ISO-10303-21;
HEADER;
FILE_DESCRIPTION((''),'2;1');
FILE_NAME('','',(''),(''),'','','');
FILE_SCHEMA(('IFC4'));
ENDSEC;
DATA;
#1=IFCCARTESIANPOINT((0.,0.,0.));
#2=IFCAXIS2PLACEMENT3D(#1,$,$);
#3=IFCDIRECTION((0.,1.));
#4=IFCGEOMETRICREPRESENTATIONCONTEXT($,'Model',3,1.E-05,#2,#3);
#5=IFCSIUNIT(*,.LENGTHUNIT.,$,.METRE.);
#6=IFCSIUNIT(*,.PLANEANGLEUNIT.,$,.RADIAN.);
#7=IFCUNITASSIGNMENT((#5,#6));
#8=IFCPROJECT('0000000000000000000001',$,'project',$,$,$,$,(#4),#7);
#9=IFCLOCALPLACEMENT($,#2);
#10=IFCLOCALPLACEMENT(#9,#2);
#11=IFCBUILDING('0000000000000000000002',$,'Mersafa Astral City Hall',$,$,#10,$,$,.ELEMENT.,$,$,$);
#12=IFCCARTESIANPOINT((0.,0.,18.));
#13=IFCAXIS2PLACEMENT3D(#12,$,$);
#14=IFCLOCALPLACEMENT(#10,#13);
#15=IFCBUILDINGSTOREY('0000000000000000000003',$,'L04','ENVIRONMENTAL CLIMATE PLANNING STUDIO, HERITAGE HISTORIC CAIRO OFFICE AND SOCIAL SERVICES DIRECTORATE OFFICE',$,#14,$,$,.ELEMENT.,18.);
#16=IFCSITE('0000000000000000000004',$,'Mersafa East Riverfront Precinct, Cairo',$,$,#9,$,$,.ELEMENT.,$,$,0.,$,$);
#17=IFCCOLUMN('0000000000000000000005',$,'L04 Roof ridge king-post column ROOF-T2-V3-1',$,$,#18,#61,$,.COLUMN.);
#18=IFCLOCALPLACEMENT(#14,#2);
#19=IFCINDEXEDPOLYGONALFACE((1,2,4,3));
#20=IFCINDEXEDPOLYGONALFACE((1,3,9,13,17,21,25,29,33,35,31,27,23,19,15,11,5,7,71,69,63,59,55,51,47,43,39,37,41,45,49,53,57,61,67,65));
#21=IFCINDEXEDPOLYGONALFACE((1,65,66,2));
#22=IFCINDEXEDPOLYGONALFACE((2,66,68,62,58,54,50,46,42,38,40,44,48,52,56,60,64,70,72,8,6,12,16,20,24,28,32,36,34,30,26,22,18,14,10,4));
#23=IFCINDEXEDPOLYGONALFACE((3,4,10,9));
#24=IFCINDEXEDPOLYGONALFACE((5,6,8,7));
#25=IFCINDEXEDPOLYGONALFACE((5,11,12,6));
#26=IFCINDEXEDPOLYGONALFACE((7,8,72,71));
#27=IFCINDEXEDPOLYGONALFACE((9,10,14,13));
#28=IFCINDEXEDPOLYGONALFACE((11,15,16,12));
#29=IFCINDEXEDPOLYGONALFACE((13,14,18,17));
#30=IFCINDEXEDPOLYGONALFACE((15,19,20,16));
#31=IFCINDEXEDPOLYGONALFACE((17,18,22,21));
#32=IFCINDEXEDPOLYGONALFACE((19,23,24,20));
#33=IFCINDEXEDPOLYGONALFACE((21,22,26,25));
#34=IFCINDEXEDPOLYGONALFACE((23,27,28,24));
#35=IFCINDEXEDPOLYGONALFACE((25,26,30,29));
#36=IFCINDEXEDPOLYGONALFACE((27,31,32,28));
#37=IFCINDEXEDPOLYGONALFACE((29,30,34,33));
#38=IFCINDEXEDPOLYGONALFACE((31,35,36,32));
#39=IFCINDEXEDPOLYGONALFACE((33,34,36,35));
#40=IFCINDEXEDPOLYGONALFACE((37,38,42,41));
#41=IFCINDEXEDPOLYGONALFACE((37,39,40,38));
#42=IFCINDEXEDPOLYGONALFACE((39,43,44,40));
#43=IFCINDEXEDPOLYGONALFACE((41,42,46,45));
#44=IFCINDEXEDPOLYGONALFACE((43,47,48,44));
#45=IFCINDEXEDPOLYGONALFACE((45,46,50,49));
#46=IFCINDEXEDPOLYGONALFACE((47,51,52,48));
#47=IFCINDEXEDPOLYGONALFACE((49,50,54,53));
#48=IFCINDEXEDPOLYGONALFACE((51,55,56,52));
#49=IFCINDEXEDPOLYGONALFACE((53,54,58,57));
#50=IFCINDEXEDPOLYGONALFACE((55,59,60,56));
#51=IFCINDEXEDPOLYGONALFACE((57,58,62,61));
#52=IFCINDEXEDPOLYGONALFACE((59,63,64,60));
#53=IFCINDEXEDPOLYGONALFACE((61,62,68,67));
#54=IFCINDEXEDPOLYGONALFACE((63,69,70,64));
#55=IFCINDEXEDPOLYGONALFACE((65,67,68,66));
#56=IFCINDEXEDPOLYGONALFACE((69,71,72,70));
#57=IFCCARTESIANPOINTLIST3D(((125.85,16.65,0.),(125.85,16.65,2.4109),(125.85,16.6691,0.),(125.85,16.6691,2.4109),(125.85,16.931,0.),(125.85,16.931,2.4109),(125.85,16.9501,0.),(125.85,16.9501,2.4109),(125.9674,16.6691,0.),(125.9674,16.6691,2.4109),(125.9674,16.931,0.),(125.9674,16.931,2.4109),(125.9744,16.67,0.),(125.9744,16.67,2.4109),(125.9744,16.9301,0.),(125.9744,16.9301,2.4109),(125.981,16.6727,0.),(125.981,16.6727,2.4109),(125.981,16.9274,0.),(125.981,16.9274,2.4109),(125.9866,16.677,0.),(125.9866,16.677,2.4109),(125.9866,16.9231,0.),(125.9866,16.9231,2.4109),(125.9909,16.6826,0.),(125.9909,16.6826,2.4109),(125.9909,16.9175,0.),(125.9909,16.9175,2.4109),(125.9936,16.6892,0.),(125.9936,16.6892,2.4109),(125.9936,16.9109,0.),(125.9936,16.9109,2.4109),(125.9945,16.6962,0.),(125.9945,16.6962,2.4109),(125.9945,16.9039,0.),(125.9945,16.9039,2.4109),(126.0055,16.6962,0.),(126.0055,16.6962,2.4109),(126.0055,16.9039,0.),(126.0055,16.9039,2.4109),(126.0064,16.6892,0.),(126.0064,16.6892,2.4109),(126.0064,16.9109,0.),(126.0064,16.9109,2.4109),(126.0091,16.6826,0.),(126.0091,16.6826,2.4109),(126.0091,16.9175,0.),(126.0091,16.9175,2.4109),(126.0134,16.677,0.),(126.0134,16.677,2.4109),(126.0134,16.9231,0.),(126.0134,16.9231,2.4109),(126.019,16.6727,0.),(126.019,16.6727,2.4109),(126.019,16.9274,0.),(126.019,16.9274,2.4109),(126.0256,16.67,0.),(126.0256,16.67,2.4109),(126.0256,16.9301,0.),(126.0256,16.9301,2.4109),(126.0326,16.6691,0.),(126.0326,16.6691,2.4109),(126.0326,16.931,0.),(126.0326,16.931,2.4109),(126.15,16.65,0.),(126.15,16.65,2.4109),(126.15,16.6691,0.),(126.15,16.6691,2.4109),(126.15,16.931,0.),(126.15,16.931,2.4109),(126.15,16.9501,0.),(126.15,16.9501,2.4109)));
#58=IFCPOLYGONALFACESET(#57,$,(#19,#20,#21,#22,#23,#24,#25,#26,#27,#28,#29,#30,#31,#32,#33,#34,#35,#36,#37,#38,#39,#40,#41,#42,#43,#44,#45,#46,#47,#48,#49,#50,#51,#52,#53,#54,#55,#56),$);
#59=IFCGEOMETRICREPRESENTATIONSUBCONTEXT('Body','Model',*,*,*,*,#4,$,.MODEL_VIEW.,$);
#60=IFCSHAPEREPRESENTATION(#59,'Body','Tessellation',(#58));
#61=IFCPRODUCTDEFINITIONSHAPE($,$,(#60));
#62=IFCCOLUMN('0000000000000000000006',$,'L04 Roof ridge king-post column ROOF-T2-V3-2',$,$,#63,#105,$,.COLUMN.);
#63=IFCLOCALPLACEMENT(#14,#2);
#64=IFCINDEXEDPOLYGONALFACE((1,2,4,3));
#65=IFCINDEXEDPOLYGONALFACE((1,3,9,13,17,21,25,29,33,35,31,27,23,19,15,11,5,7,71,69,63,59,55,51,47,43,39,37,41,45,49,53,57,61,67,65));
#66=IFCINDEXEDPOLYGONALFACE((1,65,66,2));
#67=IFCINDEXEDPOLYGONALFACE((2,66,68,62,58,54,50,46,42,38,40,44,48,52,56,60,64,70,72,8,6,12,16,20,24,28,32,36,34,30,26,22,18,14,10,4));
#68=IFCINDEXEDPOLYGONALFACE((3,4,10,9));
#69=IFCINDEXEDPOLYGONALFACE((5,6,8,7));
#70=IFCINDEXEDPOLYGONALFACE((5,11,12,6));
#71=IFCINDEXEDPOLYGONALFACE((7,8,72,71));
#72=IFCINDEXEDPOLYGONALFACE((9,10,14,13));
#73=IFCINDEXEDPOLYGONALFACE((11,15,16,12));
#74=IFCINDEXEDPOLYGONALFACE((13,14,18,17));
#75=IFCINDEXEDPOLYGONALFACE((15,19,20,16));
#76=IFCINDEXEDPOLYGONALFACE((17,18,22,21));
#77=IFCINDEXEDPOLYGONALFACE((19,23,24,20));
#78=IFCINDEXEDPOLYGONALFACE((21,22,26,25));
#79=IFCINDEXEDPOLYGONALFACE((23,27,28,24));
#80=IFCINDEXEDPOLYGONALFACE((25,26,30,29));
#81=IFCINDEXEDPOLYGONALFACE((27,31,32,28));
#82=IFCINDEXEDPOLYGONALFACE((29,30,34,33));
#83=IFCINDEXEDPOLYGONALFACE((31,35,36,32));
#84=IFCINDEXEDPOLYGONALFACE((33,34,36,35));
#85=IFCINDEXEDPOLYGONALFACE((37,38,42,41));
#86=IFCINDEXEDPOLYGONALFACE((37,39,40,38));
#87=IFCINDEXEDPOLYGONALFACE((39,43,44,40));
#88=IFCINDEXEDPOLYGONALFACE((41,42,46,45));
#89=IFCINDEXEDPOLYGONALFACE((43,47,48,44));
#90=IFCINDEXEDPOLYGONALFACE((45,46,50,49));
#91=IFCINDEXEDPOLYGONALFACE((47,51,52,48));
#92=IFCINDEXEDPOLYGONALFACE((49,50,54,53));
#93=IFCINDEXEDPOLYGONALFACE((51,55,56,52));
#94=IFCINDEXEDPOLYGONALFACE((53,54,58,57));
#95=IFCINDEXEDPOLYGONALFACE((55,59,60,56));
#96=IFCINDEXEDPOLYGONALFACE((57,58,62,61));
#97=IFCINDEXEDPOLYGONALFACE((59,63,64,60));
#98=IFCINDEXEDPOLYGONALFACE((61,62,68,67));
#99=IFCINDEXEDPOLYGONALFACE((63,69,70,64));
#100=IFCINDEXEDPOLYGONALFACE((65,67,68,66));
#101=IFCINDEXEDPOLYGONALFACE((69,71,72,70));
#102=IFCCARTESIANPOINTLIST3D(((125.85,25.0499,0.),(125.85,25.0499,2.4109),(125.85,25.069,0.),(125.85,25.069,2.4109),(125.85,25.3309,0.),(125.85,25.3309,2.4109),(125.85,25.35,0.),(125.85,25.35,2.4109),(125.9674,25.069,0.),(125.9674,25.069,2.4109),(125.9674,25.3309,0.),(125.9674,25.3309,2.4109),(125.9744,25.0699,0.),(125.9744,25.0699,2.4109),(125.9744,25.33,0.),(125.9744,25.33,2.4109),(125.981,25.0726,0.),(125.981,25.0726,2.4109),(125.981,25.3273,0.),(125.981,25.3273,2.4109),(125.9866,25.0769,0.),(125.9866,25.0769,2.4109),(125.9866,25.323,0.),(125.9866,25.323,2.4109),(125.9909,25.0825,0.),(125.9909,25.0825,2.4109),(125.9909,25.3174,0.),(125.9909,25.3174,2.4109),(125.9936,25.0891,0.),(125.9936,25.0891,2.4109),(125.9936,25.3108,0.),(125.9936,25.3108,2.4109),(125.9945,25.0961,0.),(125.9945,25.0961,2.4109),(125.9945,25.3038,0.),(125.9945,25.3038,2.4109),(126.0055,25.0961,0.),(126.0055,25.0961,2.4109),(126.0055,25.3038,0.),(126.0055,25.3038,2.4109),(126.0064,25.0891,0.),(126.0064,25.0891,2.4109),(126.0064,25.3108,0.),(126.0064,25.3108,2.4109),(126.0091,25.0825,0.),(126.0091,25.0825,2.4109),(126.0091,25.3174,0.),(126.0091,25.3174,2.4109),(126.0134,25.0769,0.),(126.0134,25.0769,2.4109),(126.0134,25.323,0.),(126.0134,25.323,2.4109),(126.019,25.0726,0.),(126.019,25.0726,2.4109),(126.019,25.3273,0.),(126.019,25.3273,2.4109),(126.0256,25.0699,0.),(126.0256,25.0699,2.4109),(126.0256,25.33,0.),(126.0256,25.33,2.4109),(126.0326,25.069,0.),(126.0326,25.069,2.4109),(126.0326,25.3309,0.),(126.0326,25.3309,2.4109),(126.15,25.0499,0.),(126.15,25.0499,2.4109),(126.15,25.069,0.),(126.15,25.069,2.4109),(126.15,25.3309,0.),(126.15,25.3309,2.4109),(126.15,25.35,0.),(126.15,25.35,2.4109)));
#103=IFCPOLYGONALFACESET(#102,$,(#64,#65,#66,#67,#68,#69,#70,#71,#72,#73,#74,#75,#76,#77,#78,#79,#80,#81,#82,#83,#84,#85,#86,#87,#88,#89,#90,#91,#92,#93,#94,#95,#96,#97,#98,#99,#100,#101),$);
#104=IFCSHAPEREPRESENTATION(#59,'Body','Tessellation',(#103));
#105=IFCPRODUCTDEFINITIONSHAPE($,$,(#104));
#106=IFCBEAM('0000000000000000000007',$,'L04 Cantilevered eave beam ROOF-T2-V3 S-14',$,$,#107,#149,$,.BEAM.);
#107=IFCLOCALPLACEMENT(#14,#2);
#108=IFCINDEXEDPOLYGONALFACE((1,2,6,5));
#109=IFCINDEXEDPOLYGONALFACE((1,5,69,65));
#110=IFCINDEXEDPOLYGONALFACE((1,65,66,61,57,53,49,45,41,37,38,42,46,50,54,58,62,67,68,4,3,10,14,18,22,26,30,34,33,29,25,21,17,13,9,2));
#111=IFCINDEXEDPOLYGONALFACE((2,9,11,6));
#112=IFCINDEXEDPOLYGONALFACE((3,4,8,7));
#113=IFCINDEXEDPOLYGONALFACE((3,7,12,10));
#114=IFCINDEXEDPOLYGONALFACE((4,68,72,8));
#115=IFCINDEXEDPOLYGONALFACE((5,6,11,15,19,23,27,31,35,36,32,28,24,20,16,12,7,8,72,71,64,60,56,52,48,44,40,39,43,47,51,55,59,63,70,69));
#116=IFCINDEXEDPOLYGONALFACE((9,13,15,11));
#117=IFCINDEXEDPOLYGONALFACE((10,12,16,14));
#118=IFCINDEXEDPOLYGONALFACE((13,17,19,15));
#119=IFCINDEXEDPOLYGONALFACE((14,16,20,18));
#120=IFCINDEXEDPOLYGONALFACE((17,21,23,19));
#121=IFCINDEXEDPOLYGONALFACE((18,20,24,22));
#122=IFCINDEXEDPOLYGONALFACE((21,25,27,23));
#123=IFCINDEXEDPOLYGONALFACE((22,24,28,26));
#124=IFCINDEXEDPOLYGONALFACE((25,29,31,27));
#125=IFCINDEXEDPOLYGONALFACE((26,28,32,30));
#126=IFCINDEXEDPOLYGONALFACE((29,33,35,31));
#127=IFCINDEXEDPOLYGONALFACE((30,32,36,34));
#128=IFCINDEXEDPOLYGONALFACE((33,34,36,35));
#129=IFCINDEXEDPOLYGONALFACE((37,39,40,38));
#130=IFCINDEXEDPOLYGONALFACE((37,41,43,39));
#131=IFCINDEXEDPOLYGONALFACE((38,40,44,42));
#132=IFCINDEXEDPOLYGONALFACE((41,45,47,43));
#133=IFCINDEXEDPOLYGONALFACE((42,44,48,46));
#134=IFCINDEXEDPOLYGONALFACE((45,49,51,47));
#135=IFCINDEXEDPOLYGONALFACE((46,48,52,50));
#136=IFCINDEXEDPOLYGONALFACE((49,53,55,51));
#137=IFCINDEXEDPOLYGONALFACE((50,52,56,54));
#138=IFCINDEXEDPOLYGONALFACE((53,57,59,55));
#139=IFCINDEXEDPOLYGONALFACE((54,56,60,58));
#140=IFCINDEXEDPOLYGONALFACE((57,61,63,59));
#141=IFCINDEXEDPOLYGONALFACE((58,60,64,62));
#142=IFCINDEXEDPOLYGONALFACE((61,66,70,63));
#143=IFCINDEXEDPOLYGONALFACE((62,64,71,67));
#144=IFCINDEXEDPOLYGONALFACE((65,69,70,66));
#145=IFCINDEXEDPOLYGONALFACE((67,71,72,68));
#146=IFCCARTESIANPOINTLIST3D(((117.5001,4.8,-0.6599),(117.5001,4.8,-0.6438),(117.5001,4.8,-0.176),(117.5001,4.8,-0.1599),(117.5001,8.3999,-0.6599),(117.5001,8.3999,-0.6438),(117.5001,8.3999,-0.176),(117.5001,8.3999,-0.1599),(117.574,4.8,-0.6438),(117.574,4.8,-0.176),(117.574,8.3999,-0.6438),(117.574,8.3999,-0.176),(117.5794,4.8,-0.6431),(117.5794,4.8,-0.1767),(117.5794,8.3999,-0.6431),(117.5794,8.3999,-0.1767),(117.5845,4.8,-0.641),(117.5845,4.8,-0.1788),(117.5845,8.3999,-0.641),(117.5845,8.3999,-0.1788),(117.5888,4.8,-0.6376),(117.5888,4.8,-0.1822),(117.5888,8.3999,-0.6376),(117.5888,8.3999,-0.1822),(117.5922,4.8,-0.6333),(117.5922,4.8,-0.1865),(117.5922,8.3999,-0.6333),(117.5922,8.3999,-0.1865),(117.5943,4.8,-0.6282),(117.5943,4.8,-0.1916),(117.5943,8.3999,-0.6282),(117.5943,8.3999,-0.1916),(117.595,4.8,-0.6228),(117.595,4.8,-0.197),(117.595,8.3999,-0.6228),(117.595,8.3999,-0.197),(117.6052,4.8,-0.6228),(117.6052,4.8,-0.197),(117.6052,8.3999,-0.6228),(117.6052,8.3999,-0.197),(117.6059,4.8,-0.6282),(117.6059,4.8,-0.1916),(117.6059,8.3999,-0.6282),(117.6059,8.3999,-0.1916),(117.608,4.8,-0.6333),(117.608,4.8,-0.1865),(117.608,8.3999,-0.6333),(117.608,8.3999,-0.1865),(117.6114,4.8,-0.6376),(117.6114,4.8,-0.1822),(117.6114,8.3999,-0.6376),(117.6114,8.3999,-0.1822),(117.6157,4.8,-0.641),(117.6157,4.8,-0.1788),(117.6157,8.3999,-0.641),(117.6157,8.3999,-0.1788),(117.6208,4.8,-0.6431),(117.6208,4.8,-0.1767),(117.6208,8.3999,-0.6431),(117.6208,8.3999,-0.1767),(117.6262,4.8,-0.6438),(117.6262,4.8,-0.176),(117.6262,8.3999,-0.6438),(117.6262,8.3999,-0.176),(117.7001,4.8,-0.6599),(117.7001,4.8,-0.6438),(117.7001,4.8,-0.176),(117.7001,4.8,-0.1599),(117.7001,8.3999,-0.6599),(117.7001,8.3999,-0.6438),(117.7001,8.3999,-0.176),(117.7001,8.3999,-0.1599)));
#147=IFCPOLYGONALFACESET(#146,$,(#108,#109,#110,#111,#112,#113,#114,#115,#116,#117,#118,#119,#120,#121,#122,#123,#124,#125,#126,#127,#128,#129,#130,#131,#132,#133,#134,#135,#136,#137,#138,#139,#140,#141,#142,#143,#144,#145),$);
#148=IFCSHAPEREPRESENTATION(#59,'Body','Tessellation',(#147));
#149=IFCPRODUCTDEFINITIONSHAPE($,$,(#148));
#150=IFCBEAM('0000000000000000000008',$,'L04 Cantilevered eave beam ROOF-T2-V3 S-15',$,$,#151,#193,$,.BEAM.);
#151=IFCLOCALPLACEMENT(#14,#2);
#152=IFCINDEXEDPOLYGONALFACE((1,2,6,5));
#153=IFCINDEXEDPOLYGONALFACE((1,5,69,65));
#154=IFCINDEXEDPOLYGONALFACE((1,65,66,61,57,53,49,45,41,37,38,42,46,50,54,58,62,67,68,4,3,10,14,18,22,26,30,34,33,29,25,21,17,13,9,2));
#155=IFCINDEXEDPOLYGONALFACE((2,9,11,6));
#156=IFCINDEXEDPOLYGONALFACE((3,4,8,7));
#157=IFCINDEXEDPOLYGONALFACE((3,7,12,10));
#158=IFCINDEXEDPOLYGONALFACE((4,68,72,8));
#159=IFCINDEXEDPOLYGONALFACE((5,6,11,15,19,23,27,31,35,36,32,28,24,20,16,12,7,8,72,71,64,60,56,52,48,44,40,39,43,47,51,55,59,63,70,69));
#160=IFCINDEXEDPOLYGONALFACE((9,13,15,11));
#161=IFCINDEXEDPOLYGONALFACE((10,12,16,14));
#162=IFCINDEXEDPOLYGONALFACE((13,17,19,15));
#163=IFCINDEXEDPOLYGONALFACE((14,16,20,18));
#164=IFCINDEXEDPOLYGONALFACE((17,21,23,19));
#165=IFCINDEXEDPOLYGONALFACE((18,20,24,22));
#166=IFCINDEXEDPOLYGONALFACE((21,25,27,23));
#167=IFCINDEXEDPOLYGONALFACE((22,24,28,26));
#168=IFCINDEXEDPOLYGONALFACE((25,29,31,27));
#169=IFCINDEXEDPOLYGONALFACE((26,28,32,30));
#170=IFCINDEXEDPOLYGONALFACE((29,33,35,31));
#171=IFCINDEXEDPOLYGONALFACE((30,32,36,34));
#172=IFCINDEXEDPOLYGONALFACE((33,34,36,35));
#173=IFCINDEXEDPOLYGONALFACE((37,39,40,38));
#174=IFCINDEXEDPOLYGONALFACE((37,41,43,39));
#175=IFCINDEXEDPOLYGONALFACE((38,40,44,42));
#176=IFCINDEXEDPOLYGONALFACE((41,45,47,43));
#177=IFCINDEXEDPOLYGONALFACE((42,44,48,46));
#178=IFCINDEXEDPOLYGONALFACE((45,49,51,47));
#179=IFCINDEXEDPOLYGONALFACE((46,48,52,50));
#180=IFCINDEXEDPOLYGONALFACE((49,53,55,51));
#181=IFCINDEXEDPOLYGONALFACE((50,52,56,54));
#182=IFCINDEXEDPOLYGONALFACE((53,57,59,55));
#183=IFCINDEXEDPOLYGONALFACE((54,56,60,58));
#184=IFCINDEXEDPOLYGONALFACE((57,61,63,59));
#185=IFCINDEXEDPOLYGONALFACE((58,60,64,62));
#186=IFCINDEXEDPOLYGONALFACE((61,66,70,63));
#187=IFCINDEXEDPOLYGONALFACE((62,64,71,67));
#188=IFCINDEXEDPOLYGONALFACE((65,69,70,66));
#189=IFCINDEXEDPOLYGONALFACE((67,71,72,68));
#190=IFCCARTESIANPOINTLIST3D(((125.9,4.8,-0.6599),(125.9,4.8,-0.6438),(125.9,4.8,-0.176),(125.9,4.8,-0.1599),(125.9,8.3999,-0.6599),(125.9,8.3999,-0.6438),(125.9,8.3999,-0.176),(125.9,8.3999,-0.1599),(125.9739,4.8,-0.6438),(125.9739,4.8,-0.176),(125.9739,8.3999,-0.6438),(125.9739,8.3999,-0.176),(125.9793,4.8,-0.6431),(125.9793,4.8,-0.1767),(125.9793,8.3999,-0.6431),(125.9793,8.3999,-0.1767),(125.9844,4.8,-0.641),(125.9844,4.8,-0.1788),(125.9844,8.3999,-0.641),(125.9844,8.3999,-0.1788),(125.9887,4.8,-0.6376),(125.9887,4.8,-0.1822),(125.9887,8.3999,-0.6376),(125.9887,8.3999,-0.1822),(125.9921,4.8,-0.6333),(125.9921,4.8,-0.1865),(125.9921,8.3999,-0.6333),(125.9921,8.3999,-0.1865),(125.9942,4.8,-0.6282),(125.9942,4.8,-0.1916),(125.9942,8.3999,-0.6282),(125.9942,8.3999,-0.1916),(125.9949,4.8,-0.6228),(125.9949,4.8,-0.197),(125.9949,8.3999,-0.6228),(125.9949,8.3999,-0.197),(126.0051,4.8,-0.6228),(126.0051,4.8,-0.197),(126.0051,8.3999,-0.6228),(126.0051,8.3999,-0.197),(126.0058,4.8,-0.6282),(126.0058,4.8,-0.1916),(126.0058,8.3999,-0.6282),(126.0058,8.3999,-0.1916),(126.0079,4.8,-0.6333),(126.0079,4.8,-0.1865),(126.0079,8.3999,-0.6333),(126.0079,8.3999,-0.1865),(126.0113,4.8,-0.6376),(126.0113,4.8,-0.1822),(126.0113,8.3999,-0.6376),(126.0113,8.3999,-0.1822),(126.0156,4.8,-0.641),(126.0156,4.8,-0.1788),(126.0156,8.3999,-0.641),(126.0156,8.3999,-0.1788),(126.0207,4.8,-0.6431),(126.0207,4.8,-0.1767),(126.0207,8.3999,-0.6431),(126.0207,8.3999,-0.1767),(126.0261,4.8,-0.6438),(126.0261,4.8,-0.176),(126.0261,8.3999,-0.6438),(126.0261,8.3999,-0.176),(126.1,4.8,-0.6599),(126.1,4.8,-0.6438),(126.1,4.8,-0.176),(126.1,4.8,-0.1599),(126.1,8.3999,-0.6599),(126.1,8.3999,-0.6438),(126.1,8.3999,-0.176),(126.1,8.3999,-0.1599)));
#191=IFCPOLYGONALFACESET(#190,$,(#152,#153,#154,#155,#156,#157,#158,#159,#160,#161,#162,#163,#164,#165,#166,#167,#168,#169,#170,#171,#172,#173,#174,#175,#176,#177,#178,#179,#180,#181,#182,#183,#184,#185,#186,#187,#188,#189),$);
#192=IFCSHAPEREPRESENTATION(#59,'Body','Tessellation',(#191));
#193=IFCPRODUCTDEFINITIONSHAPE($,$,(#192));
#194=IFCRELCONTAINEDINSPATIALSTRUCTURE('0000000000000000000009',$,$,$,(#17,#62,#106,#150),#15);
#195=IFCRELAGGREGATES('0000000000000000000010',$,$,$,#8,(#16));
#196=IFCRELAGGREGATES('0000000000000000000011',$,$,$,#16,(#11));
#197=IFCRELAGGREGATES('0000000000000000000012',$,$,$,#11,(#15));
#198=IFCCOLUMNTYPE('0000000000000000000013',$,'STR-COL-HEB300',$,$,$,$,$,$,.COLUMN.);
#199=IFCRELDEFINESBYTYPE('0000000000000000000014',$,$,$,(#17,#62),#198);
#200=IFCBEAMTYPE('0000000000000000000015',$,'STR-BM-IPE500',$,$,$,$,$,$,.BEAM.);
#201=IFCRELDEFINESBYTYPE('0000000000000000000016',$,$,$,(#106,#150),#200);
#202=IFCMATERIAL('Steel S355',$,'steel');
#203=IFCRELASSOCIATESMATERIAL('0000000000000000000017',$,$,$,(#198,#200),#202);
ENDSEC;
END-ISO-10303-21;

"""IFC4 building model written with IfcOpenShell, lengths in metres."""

from ifc_helpers import new_model, si_unit, direction, frame, origin, origin_2d, place, context, subcontext, project, spatial, i_section, extrude, material, material_profile, profile_set, type_object, element, save


model = new_model("IFC4")

# Units and contexts
model_context = context("Model", 3, precision=1e-05, world=origin(), true_north=direction((0.0, 1.0)))
body_context = subcontext(model_context, "Body", "Model", "MODEL_VIEW")
ifc_project = project(units=[si_unit("LENGTHUNIT", "METRE"), si_unit("PLANEANGLEUNIT", "RADIAN")], contexts=[model_context])

# Site, building, storey
site_placement = place(None, origin())
site = spatial("IfcSite", under=ifc_project, at=site_placement, Name="Mersafa East Riverfront Precinct, Cairo", CompositionType="ELEMENT", RefElevation=0.0)
building_placement = place(site_placement, origin())
building = spatial("IfcBuilding", under=site, at=building_placement, Name="Mersafa Astral City Hall", CompositionType="ELEMENT")
storey_placement = place(building_placement, frame((0.0, 0.0, 18.0)))
storey = spatial("IfcBuildingStorey", under=building, at=storey_placement, Name="L04", Description="ENVIRONMENTAL CLIMATE PLANNING STUDIO, HERITAGE HISTORIC CAIRO OFFICE AND SOCIAL SERVICES DIRECTORATE OFFICE", CompositionType="ELEMENT", Elevation=18.0)

# Columns
ifc_material_1 = material(Name="Steel S355", Category="steel")
ifc_material_profile_1 = material_profile(ifc_material_1, i_section(OverallWidth=0.3, OverallDepth=0.3, WebThickness=0.011, FlangeThickness=0.019, FilletRadius=0.0271, at=origin_2d()), Name="HEB 300")
ifc_profile_set_1 = profile_set([ifc_material_profile_1], Name="Steel S355")
column_type = type_object("IfcColumnType", Name="STR-COL-HEB300", PredefinedType="COLUMN", material=ifc_profile_set_1)
for number, where, z_axis, x_axis, name in (
    (1, (126.0, 16.8, 0.0), (0.0, 0.0, 1.0), (1.0, 0.0, 0.0), "L04 Roof ridge king-post column ROOF-T2-V3-1"),
    (2, (126.0, 25.2, 0.0), (0.0, 0.0, 1.0), (1.0, 0.0, 0.0), "L04 Roof ridge king-post column ROOF-T2-V3-2"),
):
    element("IfcColumn", number, at=place(storey_placement, frame(where, z_axis=z_axis, x_axis=x_axis)), inside=storey, type_object=column_type, Name=name, PredefinedType="COLUMN", context=body_context, shape_type="SweptSolid", body=[
        extrude(i_section(OverallWidth=0.3, OverallDepth=0.3, WebThickness=0.011, FlangeThickness=0.019, FilletRadius=0.0271, at=origin_2d()), origin(), (0.0, 0.0, 1.0), 2.4109),
    ])

# Beams
ifc_material_profile_2 = material_profile(ifc_material_1, i_section(OverallWidth=0.2, OverallDepth=0.5, WebThickness=0.0103, FlangeThickness=0.0161, FilletRadius=0.021, at=origin_2d()), Name="IPE 500")
ifc_profile_set_2 = profile_set([ifc_material_profile_2], Name="Steel S355")
beam_type_1 = type_object("IfcBeamType", Name="STR-BM-IPE500", PredefinedType="BEAM", material=ifc_profile_set_2)
for number, where, z_axis, x_axis, name in (
    (3, (117.6001, 8.3999, -0.4099), (0.0, -1.0, 0.0), (1.0, 0.0, 0.0), "L04 Cantilevered eave beam ROOF-T2-V3 S-14"),
    (4, (126.0, 8.3999, -0.4099), (0.0, -1.0, 0.0), (1.0, 0.0, 0.0), "L04 Cantilevered eave beam ROOF-T2-V3 S-15"),
):
    element("IfcBeam", number, at=place(storey_placement, frame(where, z_axis=z_axis, x_axis=x_axis)), inside=storey, type_object=beam_type_1, Name=name, PredefinedType="BEAM", context=body_context, shape_type="SweptSolid", body=[
        extrude(i_section(OverallWidth=0.2, OverallDepth=0.5, WebThickness=0.0103, FlangeThickness=0.0161, FilletRadius=0.021, at=origin_2d()), origin(), (0.0, 0.0, 1.0), 3.5999),
    ])

save(model, "model.ifc")
